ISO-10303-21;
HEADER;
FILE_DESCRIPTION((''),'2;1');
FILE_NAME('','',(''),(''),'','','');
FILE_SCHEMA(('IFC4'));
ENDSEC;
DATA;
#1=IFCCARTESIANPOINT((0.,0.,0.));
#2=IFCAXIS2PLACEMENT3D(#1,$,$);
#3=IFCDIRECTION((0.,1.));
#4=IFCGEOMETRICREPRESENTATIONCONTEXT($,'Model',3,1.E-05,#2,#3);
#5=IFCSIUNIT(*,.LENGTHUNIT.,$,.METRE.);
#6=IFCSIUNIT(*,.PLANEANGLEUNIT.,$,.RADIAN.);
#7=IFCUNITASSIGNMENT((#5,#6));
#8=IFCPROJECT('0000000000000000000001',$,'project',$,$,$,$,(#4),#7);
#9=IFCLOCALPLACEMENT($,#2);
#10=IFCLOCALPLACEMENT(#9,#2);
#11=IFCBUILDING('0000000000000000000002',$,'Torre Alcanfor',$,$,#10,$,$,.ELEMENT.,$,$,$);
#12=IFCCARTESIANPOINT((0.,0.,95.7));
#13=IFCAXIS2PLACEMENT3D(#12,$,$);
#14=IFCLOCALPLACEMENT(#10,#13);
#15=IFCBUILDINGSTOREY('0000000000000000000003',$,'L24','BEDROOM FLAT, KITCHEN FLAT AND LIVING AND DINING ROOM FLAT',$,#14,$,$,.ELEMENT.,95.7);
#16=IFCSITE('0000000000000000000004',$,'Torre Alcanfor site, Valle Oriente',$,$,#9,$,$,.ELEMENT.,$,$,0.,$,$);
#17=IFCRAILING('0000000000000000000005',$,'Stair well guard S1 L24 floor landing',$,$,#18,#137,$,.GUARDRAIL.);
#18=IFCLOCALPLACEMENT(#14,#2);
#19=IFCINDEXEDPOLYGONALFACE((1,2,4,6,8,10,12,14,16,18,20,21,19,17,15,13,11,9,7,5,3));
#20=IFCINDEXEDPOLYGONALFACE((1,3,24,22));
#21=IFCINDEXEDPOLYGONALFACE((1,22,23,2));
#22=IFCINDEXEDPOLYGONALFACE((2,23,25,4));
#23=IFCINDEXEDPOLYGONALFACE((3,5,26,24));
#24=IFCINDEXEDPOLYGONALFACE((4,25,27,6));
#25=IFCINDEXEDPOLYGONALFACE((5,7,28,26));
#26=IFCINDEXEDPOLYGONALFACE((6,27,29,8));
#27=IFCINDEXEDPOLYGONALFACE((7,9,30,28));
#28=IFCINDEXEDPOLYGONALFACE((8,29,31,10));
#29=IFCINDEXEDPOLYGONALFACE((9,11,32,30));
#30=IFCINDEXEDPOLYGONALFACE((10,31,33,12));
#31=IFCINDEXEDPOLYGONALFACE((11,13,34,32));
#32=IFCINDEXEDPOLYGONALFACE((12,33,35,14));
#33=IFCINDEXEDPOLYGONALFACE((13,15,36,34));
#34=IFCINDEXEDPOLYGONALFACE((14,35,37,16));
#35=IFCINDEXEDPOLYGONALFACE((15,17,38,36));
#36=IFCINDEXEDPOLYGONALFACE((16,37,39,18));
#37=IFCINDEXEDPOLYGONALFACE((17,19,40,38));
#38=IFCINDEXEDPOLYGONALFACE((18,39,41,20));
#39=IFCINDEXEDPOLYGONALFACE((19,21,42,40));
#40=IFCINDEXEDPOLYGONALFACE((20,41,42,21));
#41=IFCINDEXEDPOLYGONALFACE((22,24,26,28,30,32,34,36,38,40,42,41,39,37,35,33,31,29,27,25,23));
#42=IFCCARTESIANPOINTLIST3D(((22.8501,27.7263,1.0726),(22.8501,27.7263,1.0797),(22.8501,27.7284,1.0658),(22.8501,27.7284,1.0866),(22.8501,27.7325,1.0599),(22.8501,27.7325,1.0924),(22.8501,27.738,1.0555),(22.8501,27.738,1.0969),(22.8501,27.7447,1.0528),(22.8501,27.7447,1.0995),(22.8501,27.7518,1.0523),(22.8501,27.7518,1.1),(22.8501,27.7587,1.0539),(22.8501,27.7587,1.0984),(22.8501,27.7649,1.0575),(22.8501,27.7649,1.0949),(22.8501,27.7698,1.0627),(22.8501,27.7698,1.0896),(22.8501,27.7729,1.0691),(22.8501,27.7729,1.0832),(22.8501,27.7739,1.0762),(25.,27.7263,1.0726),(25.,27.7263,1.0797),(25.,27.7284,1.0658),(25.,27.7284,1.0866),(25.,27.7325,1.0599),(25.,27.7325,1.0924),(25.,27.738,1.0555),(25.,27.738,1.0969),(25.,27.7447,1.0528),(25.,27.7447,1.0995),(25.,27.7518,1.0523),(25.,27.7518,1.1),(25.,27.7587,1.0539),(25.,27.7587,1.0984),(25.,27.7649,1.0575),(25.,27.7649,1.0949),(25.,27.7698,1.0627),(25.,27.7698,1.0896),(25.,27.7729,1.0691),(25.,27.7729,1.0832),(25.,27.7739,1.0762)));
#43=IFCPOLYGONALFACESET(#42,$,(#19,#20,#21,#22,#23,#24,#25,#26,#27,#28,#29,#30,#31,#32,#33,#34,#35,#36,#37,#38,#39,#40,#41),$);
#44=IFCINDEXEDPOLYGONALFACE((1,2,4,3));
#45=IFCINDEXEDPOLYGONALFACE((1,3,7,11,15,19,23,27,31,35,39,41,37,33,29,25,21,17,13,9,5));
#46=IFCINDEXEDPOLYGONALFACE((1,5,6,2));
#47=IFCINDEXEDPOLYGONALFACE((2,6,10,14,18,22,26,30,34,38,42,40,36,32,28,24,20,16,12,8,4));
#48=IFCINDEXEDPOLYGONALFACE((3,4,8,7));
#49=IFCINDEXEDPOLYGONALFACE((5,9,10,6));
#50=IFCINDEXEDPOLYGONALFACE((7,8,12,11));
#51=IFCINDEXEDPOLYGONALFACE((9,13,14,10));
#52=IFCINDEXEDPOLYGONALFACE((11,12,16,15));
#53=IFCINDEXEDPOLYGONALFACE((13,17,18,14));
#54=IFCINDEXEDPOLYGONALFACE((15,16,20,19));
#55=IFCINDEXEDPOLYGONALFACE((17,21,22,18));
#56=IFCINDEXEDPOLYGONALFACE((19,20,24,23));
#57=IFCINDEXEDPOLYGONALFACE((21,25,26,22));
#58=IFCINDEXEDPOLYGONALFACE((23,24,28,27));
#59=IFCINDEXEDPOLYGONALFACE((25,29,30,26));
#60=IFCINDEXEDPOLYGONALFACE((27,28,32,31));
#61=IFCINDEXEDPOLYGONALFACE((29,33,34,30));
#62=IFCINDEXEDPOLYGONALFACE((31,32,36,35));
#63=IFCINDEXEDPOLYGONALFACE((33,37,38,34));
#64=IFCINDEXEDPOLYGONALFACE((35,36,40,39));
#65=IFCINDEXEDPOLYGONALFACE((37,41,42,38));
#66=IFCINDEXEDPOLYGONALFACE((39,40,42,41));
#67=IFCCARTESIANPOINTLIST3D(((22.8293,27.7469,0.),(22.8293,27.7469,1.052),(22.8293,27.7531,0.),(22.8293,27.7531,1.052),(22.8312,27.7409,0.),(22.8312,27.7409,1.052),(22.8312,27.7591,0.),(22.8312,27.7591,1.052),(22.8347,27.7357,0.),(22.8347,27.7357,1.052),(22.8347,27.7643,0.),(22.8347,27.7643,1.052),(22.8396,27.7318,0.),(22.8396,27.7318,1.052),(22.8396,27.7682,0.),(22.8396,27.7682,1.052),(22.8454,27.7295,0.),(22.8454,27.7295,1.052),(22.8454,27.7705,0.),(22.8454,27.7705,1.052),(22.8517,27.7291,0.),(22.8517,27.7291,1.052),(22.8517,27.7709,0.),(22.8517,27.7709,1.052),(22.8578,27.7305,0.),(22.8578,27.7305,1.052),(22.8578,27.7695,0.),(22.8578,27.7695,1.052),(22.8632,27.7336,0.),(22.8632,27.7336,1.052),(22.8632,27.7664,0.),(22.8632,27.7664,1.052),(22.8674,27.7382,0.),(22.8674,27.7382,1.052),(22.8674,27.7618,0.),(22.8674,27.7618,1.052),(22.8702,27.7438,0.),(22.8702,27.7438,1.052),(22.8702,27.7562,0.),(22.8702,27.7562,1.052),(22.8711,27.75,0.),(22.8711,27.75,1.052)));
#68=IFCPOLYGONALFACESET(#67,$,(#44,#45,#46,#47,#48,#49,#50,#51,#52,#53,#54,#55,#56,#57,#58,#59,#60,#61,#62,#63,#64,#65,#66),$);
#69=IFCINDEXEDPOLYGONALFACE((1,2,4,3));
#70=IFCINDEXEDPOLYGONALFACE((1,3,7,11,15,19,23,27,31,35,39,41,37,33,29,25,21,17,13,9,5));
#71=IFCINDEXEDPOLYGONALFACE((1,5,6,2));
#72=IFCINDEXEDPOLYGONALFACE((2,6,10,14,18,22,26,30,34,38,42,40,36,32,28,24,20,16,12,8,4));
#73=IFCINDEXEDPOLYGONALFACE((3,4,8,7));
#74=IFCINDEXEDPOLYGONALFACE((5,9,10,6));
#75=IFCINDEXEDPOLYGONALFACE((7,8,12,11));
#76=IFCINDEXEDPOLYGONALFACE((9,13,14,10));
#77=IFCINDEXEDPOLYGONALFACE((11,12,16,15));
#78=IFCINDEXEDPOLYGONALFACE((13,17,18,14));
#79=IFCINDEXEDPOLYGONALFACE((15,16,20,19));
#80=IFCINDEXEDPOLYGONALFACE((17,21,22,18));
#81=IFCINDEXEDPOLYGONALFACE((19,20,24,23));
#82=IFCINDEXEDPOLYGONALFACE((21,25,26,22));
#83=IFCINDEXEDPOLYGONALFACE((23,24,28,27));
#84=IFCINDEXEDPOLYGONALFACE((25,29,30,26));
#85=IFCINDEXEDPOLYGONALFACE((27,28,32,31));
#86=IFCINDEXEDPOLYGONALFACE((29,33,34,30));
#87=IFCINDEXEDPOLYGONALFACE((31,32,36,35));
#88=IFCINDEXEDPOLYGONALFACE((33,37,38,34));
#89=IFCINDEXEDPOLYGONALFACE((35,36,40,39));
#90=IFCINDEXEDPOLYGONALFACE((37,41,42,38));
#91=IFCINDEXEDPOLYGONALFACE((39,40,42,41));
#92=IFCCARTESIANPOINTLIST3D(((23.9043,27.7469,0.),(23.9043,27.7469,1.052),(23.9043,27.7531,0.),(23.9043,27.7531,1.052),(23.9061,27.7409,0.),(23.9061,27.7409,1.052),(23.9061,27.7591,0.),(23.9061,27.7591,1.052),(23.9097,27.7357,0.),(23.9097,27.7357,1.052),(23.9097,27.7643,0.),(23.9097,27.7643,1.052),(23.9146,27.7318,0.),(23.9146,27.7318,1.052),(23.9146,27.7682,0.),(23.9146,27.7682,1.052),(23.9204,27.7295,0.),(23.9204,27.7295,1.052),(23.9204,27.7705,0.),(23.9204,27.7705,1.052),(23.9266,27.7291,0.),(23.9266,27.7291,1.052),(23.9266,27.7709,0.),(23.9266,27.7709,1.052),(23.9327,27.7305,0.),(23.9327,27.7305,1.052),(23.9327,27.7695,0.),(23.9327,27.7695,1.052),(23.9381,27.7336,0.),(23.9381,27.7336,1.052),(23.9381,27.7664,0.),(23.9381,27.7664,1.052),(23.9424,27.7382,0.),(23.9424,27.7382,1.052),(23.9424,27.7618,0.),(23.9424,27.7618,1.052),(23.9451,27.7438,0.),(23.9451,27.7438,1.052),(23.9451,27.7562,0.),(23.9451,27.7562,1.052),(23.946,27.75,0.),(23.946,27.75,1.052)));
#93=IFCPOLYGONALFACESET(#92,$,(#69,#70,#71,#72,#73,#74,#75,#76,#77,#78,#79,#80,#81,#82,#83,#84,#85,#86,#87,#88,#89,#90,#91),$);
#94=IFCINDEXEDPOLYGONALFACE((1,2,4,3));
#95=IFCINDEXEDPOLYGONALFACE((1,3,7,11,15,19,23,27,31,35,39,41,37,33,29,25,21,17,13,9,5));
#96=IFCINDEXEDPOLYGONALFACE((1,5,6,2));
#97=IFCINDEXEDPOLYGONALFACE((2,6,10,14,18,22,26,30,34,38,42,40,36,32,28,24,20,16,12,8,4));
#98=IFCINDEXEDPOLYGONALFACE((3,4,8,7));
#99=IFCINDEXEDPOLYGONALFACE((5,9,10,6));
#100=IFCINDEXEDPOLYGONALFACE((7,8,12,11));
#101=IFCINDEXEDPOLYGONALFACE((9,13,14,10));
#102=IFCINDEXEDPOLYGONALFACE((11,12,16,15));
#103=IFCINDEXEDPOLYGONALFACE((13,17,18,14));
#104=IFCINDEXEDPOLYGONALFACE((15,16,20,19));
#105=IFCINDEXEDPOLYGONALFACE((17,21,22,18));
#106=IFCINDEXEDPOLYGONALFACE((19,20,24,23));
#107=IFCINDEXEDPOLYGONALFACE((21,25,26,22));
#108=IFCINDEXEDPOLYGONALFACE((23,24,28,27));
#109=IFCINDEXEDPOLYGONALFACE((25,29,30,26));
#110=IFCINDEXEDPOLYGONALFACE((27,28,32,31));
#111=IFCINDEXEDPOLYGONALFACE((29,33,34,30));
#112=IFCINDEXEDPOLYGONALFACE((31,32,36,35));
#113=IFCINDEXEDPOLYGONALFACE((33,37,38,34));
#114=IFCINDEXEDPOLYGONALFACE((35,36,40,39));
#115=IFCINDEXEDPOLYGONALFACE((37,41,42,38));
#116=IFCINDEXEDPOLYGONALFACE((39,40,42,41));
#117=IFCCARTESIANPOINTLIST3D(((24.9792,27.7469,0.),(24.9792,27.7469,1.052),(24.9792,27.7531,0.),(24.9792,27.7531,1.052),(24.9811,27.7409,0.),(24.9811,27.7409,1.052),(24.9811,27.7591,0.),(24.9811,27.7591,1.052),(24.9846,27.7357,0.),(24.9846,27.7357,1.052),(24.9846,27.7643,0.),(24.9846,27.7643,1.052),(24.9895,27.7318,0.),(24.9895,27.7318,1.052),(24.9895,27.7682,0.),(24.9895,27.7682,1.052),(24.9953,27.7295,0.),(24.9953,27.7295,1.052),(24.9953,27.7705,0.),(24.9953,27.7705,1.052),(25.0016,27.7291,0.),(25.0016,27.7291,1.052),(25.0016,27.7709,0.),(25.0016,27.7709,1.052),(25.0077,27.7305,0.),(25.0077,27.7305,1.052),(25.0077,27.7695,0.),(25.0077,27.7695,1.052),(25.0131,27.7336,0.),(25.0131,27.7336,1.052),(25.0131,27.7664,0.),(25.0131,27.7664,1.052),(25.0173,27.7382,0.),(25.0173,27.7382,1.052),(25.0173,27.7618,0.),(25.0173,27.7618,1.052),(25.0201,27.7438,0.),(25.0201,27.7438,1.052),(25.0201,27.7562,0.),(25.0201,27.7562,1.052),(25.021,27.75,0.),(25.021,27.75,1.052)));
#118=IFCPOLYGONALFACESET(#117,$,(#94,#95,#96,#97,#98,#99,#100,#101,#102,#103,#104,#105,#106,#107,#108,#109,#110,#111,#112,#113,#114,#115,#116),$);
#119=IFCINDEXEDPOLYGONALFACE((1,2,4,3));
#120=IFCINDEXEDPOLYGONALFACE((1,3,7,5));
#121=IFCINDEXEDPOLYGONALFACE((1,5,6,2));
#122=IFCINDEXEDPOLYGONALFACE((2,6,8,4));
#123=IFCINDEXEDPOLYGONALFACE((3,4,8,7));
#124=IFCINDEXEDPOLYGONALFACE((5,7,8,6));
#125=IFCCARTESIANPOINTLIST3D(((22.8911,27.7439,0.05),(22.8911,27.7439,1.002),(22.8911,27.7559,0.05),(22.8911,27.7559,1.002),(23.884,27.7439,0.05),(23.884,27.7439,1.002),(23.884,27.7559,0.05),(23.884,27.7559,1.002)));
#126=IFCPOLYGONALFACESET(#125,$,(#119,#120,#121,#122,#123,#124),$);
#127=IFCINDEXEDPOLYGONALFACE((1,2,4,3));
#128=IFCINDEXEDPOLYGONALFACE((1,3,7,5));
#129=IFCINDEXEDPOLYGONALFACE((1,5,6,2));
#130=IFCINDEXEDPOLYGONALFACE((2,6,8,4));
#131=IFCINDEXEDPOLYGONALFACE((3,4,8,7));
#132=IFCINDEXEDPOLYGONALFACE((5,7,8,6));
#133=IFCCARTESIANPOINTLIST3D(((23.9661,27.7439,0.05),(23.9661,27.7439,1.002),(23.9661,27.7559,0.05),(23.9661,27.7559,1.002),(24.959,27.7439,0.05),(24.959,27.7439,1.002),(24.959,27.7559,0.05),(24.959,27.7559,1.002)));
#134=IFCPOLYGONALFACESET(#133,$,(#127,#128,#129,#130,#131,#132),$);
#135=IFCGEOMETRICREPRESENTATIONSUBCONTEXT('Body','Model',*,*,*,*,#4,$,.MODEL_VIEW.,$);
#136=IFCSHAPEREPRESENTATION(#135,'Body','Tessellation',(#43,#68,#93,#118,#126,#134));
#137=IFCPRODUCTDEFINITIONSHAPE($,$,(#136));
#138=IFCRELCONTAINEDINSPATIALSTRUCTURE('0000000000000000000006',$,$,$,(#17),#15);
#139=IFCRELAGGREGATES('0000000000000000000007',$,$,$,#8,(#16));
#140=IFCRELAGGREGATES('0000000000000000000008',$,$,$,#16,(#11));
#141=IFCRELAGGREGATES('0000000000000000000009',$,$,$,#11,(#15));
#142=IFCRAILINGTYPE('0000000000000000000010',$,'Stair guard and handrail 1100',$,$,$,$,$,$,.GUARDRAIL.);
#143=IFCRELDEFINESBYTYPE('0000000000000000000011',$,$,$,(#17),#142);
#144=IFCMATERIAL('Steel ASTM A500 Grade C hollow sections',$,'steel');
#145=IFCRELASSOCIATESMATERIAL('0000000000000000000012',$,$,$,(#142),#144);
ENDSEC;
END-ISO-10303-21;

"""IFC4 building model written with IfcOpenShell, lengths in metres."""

from ifc_helpers import new_model, si_unit, direction, frame, origin, origin_2d, place, context, subcontext, project, spatial, polyline, circle, outline, extrude, material, type_object, element, save


model = new_model("IFC4")

# Units and contexts
model_context = context("Model", 3, precision=1e-05, world=origin(), true_north=direction((0.0, 1.0)))
body_context = subcontext(model_context, "Body", "Model", "MODEL_VIEW")
ifc_project = project(units=[si_unit("LENGTHUNIT", "METRE"), si_unit("PLANEANGLEUNIT", "RADIAN")], contexts=[model_context])

# Site, building, storey
site_placement = place(None, origin())
site = spatial("IfcSite", under=ifc_project, at=site_placement, Name="Torre Alcanfor site, Valle Oriente", CompositionType="ELEMENT", RefElevation=0.0)
building_placement = place(site_placement, origin())
building = spatial("IfcBuilding", under=site, at=building_placement, Name="Torre Alcanfor", CompositionType="ELEMENT")
storey_placement = place(building_placement, frame((0.0, 0.0, 95.7)))
storey = spatial("IfcBuildingStorey", under=building, at=storey_placement, Name="L24", Description="BEDROOM FLAT, KITCHEN FLAT AND LIVING AND DINING ROOM FLAT", CompositionType="ELEMENT", Elevation=95.7)

# Railing
ifc_material_1 = material(Name="Steel ASTM A500 Grade C hollow sections", Category="steel")
railing_type_1 = type_object("IfcRailingType", Name="Stair guard and handrail 1100", PredefinedType="GUARDRAIL", material=ifc_material_1)
railing_1_placement = place(storey_placement, frame((22.8501, 27.75, 0.0)))
element("IfcRailing", 1, at=railing_1_placement, inside=storey, type_object=railing_type_1, Name="Stair well guard S1 L24 floor landing", PredefinedType="GUARDRAIL", context=body_context, shape_type="SweptSolid", body=[
    extrude(circle(Radius=0.0239, at=origin_2d()), frame((0.0, 0.0, 1.0762), z_axis=(1.0, 0.0, 0.0), x_axis=(0.0, 1.0, 0.0)), (0.0, 0.0, 1.0), 2.1499),
    extrude(circle(Radius=0.021, at=origin_2d()), origin(), (0.0, 0.0, 1.0), 1.052),
    extrude(circle(Radius=0.021, at=origin_2d()), frame((1.075, 0.0, 0.0)), (0.0, 0.0, 1.0), 1.052),
    extrude(circle(Radius=0.021, at=origin_2d()), frame((2.1499, 0.0, 0.0)), (0.0, 0.0, 1.0), 1.052),
    extrude(outline(polyline([(0.041, 0.05), (1.0339, 0.05), (1.0339, 1.002), (0.041, 1.002), (0.041, 0.05)])), frame((0.0, 0.0059, 0.0), z_axis=(0.0, -1.0, 0.0), x_axis=(1.0, 0.0, 0.0)), (0.0, 0.0, 1.0), 0.012),
    extrude(outline(polyline([(1.116, 0.05), (2.1089, 0.05), (2.1089, 1.002), (1.116, 1.002), (1.116, 0.05)])), frame((0.0, 0.0059, 0.0), z_axis=(0.0, -1.0, 0.0), x_axis=(1.0, 0.0, 0.0)), (0.0, 0.0, 1.0), 0.012),
])

save(model, "model.ifc")
